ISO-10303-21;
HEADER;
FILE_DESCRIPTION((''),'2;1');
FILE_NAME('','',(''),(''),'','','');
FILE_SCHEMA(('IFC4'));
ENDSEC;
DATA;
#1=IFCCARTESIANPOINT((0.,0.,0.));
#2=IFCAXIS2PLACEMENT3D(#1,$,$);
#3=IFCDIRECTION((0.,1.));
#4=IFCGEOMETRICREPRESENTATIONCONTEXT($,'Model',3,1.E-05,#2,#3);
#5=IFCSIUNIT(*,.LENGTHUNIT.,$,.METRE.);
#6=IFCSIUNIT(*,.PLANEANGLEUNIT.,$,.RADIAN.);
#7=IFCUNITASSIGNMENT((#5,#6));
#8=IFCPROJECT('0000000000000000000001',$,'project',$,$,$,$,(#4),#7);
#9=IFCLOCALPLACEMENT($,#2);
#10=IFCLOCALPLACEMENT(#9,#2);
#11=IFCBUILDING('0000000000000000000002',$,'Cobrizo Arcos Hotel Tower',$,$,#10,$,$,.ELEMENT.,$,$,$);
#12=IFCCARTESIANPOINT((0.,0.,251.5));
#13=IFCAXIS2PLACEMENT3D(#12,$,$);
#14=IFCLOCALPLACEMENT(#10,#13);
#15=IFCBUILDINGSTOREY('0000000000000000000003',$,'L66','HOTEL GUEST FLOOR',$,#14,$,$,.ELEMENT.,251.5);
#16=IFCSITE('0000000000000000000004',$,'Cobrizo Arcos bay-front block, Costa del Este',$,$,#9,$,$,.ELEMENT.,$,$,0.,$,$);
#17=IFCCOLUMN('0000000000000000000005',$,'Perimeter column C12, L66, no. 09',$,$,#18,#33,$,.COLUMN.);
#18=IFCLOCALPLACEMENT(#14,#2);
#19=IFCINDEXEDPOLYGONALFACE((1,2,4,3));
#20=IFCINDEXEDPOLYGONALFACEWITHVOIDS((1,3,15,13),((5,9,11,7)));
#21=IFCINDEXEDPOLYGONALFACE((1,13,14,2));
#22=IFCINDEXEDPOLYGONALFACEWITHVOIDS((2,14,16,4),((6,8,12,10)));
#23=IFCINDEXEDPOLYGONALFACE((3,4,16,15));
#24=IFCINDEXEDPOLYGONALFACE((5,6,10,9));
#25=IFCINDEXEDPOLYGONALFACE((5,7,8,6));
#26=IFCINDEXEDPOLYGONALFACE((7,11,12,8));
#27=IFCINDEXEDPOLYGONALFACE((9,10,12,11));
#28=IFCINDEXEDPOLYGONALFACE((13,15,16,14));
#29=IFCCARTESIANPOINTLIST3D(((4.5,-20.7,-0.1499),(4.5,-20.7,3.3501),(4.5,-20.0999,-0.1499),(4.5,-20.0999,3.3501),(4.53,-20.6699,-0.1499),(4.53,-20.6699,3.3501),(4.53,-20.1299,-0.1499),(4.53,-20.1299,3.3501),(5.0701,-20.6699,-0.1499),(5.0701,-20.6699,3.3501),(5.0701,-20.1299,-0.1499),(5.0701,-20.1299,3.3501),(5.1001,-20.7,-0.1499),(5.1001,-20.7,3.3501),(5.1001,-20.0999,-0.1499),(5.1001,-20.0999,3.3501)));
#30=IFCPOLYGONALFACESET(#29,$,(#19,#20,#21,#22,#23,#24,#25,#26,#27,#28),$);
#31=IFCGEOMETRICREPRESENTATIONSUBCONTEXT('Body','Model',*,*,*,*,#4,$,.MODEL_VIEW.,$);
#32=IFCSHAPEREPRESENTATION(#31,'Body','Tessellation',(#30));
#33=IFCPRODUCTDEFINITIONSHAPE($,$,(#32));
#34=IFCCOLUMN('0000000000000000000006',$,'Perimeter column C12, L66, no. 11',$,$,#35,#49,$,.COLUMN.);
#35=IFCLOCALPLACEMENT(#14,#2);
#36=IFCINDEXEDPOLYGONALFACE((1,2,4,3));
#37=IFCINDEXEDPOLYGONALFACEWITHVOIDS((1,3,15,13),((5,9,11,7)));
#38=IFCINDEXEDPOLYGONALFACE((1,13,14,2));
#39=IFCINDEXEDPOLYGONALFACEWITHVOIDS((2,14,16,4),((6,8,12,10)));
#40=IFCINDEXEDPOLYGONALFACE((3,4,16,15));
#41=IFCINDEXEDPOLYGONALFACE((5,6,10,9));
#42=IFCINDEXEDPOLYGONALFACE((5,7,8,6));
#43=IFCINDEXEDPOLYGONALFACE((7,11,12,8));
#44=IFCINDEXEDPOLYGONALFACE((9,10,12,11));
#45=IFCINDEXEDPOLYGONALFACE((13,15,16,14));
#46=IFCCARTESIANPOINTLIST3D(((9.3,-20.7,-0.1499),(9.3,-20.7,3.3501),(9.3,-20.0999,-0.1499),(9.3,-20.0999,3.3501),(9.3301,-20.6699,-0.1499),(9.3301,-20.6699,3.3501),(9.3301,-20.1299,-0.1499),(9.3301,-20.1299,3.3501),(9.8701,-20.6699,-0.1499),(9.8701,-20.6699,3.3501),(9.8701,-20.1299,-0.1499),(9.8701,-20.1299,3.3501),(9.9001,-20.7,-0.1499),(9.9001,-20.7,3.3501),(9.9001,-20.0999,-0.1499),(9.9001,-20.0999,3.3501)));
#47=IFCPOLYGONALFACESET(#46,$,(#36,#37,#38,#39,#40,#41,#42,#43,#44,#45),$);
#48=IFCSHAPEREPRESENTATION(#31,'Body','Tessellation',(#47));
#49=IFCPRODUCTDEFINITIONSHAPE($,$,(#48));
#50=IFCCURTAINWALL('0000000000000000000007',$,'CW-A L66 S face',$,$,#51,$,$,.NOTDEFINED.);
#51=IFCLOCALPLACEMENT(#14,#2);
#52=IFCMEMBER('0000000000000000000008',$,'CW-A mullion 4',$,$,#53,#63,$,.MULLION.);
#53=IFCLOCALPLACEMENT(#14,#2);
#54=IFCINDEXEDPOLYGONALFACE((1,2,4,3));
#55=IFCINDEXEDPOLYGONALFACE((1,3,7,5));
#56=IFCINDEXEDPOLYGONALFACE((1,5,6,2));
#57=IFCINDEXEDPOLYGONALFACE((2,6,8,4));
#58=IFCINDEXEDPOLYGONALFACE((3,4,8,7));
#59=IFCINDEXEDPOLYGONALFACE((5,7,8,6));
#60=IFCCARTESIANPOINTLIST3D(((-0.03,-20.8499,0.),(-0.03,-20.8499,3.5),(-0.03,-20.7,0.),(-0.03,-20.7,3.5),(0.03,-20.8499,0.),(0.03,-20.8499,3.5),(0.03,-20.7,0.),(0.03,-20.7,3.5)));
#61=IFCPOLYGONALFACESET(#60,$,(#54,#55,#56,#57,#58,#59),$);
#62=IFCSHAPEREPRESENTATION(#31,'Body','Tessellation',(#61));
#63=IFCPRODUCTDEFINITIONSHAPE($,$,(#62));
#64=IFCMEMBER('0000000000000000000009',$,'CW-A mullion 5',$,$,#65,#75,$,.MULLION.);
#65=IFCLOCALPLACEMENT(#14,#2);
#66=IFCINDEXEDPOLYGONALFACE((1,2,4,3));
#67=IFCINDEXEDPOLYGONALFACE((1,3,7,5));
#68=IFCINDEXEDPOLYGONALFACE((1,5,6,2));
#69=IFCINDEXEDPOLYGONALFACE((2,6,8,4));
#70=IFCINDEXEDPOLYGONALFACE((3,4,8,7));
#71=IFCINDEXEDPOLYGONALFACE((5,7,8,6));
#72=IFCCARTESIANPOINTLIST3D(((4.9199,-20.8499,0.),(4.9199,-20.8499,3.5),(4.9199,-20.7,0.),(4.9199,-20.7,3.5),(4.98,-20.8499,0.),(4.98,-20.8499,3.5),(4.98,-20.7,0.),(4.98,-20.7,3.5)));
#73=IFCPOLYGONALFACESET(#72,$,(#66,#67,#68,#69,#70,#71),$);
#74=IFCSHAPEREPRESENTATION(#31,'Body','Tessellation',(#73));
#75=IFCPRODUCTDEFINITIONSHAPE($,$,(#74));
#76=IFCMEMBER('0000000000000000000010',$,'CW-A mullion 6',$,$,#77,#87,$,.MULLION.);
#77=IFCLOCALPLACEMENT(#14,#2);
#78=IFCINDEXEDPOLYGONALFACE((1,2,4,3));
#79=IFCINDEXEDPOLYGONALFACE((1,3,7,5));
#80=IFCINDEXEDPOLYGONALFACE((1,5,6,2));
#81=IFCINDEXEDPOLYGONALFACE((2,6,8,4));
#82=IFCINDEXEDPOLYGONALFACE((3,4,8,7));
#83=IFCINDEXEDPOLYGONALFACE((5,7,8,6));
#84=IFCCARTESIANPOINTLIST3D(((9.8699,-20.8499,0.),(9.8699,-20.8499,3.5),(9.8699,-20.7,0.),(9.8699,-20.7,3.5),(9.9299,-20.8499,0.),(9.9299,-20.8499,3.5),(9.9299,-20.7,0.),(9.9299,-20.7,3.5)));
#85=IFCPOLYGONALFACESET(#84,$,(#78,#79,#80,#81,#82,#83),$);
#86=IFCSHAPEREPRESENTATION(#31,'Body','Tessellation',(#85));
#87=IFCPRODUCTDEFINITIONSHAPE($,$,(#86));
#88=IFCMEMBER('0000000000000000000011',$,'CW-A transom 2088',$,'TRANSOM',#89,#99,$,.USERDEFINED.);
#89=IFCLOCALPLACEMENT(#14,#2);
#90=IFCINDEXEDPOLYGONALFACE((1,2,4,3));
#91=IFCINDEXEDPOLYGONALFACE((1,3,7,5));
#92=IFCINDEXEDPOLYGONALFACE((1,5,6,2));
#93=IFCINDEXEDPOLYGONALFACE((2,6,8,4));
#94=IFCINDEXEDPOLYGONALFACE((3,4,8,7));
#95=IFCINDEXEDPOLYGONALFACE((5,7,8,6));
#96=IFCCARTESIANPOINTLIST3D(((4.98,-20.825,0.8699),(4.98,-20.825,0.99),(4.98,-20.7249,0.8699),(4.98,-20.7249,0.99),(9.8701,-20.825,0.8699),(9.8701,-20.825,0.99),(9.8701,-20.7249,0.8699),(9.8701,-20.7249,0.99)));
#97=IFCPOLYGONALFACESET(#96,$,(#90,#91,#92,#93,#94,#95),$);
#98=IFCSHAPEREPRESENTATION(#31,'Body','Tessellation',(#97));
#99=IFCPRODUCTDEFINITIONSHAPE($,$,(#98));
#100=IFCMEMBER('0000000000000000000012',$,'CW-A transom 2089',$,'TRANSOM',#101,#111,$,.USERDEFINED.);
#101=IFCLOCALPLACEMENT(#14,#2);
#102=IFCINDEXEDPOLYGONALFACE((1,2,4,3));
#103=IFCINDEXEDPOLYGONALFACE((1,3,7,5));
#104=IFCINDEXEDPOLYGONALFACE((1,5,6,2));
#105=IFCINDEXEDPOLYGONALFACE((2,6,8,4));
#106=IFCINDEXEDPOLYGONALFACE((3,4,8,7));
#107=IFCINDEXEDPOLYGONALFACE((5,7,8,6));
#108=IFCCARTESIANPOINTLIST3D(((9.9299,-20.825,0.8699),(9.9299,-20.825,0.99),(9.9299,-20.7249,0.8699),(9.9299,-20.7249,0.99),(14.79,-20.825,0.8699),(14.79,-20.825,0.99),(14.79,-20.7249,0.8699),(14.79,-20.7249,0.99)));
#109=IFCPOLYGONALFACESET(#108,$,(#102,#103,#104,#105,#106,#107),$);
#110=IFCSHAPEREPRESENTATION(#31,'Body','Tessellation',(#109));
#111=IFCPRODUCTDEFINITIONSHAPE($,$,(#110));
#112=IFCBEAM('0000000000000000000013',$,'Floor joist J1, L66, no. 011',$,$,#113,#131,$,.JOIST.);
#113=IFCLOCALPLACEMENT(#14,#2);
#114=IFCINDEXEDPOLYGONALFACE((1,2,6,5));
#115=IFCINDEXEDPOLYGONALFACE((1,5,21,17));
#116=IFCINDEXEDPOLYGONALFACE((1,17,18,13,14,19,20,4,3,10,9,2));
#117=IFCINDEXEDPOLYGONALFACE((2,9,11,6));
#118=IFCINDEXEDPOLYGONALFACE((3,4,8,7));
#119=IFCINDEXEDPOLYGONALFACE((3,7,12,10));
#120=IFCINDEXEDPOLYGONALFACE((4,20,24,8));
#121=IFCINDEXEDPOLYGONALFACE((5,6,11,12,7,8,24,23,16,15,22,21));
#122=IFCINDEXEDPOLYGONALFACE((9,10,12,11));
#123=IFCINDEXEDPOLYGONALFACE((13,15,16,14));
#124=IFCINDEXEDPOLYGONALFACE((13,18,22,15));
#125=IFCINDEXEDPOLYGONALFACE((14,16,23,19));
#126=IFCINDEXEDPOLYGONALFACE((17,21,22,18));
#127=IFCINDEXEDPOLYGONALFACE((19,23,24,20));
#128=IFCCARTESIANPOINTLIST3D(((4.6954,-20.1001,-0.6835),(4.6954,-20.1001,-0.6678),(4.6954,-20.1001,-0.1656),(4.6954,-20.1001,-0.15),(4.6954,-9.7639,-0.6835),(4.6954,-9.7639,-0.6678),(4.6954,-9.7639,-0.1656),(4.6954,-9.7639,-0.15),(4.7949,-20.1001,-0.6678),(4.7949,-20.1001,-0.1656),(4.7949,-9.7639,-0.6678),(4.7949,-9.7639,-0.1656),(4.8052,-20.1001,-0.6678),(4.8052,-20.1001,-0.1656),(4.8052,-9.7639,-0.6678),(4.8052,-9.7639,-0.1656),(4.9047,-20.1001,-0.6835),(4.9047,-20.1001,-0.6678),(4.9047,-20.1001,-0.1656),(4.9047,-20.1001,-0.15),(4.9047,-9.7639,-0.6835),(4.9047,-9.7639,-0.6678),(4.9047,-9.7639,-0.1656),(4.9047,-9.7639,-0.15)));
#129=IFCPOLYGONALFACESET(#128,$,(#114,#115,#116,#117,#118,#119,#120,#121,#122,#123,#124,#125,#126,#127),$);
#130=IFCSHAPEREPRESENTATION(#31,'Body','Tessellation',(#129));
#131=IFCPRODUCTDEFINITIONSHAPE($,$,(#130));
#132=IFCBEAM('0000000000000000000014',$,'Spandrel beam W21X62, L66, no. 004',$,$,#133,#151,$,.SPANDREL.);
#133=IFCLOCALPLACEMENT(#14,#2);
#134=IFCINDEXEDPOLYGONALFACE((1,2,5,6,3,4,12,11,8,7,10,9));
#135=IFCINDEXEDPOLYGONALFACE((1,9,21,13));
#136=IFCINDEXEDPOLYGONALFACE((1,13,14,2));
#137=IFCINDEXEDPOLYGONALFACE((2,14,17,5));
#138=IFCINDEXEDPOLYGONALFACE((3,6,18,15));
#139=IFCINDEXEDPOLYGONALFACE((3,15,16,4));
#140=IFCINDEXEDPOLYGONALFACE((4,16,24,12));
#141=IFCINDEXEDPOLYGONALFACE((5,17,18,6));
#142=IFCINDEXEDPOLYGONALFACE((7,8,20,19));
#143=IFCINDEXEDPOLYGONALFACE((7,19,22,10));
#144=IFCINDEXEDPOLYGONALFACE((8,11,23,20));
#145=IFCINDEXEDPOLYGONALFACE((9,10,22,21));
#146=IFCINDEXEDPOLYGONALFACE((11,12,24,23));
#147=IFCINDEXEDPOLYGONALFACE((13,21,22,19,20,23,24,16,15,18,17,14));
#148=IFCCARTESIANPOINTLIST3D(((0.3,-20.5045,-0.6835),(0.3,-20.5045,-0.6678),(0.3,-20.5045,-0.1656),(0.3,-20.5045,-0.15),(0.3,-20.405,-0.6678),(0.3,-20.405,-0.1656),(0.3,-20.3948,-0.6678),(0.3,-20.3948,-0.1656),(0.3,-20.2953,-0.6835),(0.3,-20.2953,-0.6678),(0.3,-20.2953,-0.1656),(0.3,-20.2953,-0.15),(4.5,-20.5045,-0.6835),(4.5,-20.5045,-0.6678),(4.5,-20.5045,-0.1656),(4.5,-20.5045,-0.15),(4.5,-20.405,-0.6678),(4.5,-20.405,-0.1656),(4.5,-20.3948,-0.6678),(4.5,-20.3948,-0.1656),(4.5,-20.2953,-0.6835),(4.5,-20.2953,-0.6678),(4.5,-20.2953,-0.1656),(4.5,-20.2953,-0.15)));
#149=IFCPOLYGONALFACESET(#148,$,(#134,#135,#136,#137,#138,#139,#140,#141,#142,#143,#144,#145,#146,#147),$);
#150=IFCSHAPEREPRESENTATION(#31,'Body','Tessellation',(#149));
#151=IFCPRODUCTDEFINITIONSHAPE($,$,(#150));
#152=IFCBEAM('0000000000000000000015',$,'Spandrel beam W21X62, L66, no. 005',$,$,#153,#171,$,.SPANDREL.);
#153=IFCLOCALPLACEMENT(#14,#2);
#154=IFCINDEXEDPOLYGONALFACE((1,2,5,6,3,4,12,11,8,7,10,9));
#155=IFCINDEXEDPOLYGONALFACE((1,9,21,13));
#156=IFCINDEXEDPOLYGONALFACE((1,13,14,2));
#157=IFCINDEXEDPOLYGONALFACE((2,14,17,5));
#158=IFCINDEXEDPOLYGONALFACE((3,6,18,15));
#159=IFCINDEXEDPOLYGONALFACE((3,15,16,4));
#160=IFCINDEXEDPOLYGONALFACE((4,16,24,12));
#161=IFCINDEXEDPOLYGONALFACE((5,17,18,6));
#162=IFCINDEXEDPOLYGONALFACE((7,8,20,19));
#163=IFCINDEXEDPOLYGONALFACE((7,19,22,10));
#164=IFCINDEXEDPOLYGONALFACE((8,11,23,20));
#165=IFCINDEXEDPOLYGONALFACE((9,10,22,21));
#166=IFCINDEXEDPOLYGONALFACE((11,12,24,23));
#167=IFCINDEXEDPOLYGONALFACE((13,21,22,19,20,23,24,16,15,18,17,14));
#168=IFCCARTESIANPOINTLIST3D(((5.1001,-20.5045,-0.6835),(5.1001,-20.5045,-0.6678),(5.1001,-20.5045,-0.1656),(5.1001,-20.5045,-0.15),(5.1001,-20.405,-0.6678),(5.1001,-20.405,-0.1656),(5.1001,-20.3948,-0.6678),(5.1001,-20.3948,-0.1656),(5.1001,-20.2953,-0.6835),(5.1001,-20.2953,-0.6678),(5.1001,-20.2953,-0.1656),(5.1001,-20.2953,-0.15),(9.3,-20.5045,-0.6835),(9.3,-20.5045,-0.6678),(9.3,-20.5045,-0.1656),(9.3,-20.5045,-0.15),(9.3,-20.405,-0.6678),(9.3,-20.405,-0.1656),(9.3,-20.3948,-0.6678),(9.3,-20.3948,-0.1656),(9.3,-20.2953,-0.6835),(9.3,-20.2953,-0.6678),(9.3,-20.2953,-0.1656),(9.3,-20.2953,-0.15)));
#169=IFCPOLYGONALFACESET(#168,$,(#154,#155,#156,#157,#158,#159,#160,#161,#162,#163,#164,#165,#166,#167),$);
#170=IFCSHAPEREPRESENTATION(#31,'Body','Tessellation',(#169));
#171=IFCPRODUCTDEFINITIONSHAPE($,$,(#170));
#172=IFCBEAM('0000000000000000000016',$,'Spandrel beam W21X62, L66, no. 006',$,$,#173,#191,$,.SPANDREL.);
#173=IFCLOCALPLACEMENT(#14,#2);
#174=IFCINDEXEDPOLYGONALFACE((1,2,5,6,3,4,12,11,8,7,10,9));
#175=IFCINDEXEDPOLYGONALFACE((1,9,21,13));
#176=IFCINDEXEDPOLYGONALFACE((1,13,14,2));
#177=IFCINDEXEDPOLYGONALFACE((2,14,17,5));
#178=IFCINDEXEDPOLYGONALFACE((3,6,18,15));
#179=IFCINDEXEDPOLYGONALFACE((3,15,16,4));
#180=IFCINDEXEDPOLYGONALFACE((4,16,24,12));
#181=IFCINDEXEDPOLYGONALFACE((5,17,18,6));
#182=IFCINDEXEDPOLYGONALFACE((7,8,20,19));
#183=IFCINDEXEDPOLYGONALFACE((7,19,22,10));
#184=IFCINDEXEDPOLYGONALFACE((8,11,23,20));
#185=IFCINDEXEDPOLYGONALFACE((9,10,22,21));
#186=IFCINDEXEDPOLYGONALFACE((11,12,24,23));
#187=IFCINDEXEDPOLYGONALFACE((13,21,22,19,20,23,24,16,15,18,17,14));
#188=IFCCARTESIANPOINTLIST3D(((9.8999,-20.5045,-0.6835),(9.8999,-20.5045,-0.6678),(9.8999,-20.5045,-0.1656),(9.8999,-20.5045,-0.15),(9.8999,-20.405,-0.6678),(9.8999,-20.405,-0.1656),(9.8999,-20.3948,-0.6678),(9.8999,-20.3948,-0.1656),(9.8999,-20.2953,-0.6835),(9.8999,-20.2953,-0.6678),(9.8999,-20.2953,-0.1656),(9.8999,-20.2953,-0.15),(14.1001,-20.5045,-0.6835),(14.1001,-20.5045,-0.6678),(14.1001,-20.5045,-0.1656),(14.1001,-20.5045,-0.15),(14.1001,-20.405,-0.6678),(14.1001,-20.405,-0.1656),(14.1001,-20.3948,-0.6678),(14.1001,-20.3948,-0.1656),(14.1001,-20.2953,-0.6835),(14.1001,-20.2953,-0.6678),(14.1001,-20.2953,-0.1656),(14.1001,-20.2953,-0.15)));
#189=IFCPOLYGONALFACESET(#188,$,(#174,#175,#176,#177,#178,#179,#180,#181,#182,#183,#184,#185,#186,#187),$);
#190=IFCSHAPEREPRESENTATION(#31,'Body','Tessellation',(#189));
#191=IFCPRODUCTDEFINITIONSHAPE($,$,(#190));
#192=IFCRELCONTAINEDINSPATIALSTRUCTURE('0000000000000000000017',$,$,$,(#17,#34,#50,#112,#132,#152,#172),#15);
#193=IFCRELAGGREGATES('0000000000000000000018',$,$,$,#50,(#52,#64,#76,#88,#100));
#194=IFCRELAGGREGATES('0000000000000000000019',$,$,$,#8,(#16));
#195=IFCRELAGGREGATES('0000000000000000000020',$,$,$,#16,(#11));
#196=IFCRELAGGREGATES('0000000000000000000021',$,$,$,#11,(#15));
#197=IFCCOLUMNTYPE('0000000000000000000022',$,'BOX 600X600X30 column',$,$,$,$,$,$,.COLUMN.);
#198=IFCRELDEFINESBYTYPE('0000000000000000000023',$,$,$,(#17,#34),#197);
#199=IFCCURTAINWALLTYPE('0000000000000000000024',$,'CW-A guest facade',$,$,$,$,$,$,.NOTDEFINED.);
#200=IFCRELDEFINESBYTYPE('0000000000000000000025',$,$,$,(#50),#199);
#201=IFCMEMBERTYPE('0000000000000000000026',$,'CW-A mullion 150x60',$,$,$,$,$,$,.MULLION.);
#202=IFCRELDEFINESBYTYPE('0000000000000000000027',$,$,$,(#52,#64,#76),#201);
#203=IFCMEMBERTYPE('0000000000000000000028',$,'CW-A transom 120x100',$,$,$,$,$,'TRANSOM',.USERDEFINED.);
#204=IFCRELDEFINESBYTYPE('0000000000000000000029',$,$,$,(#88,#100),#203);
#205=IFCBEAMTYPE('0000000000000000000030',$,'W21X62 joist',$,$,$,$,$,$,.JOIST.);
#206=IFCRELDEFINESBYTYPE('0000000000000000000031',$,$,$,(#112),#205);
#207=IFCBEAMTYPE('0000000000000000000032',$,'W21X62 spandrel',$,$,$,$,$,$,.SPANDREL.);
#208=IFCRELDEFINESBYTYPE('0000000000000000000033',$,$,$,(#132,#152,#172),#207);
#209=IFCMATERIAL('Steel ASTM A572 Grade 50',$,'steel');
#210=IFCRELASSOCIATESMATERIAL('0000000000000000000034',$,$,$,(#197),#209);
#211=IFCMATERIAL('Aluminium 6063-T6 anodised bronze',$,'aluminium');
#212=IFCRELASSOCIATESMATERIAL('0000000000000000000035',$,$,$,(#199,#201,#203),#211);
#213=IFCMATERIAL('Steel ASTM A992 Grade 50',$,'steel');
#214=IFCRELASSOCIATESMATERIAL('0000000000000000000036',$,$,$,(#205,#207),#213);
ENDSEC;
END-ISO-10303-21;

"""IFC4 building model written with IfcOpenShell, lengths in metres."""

from ifc_helpers import new_model, si_unit, direction, frame, origin, origin_2d, place, context, subcontext, project, spatial, rectangle, hollow_rectangle, i_section, extrude, material, material_profile, profile_set, type_object, element, aggregate, save


model = new_model("IFC4")

# Units and contexts
model_context = context("Model", 3, precision=1e-05, world=origin(), true_north=direction((0.0, 1.0)))
body_context = subcontext(model_context, "Body", "Model", "MODEL_VIEW")
ifc_project = project(units=[si_unit("LENGTHUNIT", "METRE"), si_unit("PLANEANGLEUNIT", "RADIAN")], contexts=[model_context])

# Site, building, storey
site_placement = place(None, origin())
site = spatial("IfcSite", under=ifc_project, at=site_placement, Name="Cobrizo Arcos bay-front block, Costa del Este", CompositionType="ELEMENT", RefElevation=0.0)
building_placement = place(site_placement, origin())
building = spatial("IfcBuilding", under=site, at=building_placement, Name="Cobrizo Arcos Hotel Tower", CompositionType="ELEMENT")
storey_placement = place(building_placement, frame((0.0, 0.0, 251.5)))
storey = spatial("IfcBuildingStorey", under=building, at=storey_placement, Name="L66", Description="HOTEL GUEST FLOOR", CompositionType="ELEMENT", Elevation=251.5)

# Columns
ifc_material_1 = material(Name="Steel ASTM A572 Grade 50", Category="steel")
ifc_material_profile_1 = material_profile(ifc_material_1, hollow_rectangle(XDim=0.6001, YDim=0.6001, WallThickness=0.03, at=origin_2d()), Name="BOX 600X600X30")
ifc_profile_set_1 = profile_set([ifc_material_profile_1], Name="Steel ASTM A572 Grade 50")
column_type = type_object("IfcColumnType", Name="BOX 600X600X30 column", PredefinedType="COLUMN", material=ifc_profile_set_1)
for number, where, z_axis, x_axis, name in (
    (1, (4.8, -20.3999, -0.1499), (0.0, 0.0, 1.0), (1.0, 0.0, 0.0), "Perimeter column C12, L66, no. 09"),
    (2, (9.6001, -20.3999, -0.1499), (0.0, 0.0, 1.0), (1.0, 0.0, 0.0), "Perimeter column C12, L66, no. 11"),
):
    element("IfcColumn", number, at=place(storey_placement, frame(where, z_axis=z_axis, x_axis=x_axis)), inside=storey, type_object=column_type, Name=name, PredefinedType="COLUMN", context=body_context, shape_type="SweptSolid", body=[
        extrude(hollow_rectangle(XDim=0.6001, YDim=0.6001, WallThickness=0.03, at=origin_2d()), origin(), (0.0, 0.0, 1.0), 3.5),
    ])

# Curtain wall, members
ifc_material_2 = material(Name="Aluminium 6063-T6 anodised bronze", Category="aluminium")
curtain_wall_type = type_object("IfcCurtainWallType", Name="CW-A guest facade", PredefinedType="NOTDEFINED", material=ifc_material_2)
curtain_wall_placement = place(storey_placement, origin())
curtain_wall = element("IfcCurtainWall", 3, at=curtain_wall_placement, inside=storey, type_object=curtain_wall_type, Name="CW-A L66 S face", PredefinedType="NOTDEFINED")
ifc_material_profile_2 = material_profile(ifc_material_2, rectangle(XDim=0.1499, YDim=0.0601, at=origin_2d()), Name="CW-A mullion 150x60")
ifc_profile_set_2 = profile_set([ifc_material_profile_2], Name="Aluminium 6063-T6 anodised bronze")
member_type_1 = type_object("IfcMemberType", Name="CW-A mullion 150x60", PredefinedType="MULLION", material=ifc_profile_set_2)
member_1_placement = place(storey_placement, frame((0.0, -20.7749, 0.0), z_axis=(0.0, 0.0, 1.0), x_axis=(0.0, -1.0, 0.0)))
member_1 = element("IfcMember", 4, at=member_1_placement, type_object=member_type_1, Name="CW-A mullion 4", PredefinedType="MULLION", context=body_context, shape_type="SweptSolid", body=[
    extrude(rectangle(XDim=0.1499, YDim=0.0601, at=origin_2d()), origin(), (0.0, 0.0, 1.0), 3.5),
])
member_2_placement = place(storey_placement, frame((4.95, -20.7749, 0.0), z_axis=(0.0, 0.0, 1.0), x_axis=(0.0, -1.0, 0.0)))
member_2 = element("IfcMember", 5, at=member_2_placement, type_object=member_type_1, Name="CW-A mullion 5", PredefinedType="MULLION", context=body_context, shape_type="SweptSolid", body=[
    extrude(rectangle(XDim=0.1499, YDim=0.0601, at=origin_2d()), origin(), (0.0, 0.0, 1.0), 3.5),
])
member_3_placement = place(storey_placement, frame((9.8999, -20.7749, 0.0), z_axis=(0.0, 0.0, 1.0), x_axis=(0.0, -1.0, 0.0)))
member_3 = element("IfcMember", 6, at=member_3_placement, type_object=member_type_1, Name="CW-A mullion 6", PredefinedType="MULLION", context=body_context, shape_type="SweptSolid", body=[
    extrude(rectangle(XDim=0.1499, YDim=0.0601, at=origin_2d()), origin(), (0.0, 0.0, 1.0), 3.5),
])
ifc_material_profile_3 = material_profile(ifc_material_2, rectangle(XDim=0.1001, YDim=0.1201, at=origin_2d()), Name="CW-A transom 120x100")
ifc_profile_set_3 = profile_set([ifc_material_profile_3], Name="Aluminium 6063-T6 anodised bronze")
member_type_2 = type_object("IfcMemberType", Name="CW-A transom 120x100", ElementType="TRANSOM", PredefinedType="USERDEFINED", material=ifc_profile_set_3)
member_4_placement = place(storey_placement, frame((4.98, -20.7749, 0.9299), z_axis=(1.0, 0.0, 0.0), x_axis=(0.0, 1.0, 0.0)))
member_4 = element("IfcMember", 7, at=member_4_placement, type_object=member_type_2, Name="CW-A transom 2088", ObjectType="TRANSOM", PredefinedType="USERDEFINED", context=body_context, shape_type="SweptSolid", body=[
    extrude(rectangle(XDim=0.1001, YDim=0.1201, at=origin_2d()), origin(), (0.0, 0.0, 1.0), 4.8901),
])
member_5_placement = place(storey_placement, frame((9.9299, -20.7749, 0.9299), z_axis=(1.0, 0.0, 0.0), x_axis=(0.0, 1.0, 0.0)))
member_5 = element("IfcMember", 8, at=member_5_placement, type_object=member_type_2, Name="CW-A transom 2089", ObjectType="TRANSOM", PredefinedType="USERDEFINED", context=body_context, shape_type="SweptSolid", body=[
    extrude(rectangle(XDim=0.1001, YDim=0.1201, at=origin_2d()), origin(), (0.0, 0.0, 1.0), 4.8601),
])

# Beams
ifc_material_3 = material(Name="Steel ASTM A992 Grade 50", Category="steel")
ifc_material_profile_4 = material_profile(ifc_material_3, i_section(OverallWidth=0.2092, OverallDepth=0.5334, WebThickness=0.0103, FlangeThickness=0.0156, at=origin_2d()), Name="W21X62")
ifc_profile_set_4 = profile_set([ifc_material_profile_4], Name="Steel ASTM A992 Grade 50")
beam_type_1 = type_object("IfcBeamType", Name="W21X62 joist", PredefinedType="JOIST", material=ifc_profile_set_4)
beam_1_placement = place(storey_placement, frame((4.8, -20.1001, -0.4167), z_axis=(0.0, 1.0, 0.0), x_axis=(-1.0, 0.0, 0.0)))
element("IfcBeam", 9, at=beam_1_placement, inside=storey, type_object=beam_type_1, Name="Floor joist J1, L66, no. 011", PredefinedType="JOIST", context=body_context, shape_type="SweptSolid", body=[
    extrude(i_section(OverallWidth=0.2092, OverallDepth=0.5334, WebThickness=0.0103, FlangeThickness=0.0156, at=origin_2d()), origin(), (0.0, 0.0, 1.0), 10.3362),
])
ifc_material_profile_5 = material_profile(ifc_material_3, i_section(OverallWidth=0.2092, OverallDepth=0.5334, WebThickness=0.0103, FlangeThickness=0.0156, at=origin_2d()), Name="W21X62")
ifc_profile_set_5 = profile_set([ifc_material_profile_5], Name="Steel ASTM A992 Grade 50")
beam_type_2 = type_object("IfcBeamType", Name="W21X62 spandrel", PredefinedType="SPANDREL", material=ifc_profile_set_5)
for number, where, z_axis, x_axis, name in (
    (10, (0.3, -20.3999, -0.4167), (1.0, 0.0, 0.0), (0.0, 1.0, 0.0), "Spandrel beam W21X62, L66, no. 004"),
    (11, (5.1001, -20.3999, -0.4167), (1.0, 0.0, 0.0), (0.0, 1.0, 0.0), "Spandrel beam W21X62, L66, no. 005"),
):
    element("IfcBeam", number, at=place(storey_placement, frame(where, z_axis=z_axis, x_axis=x_axis)), inside=storey, type_object=beam_type_2, Name=name, PredefinedType="SPANDREL", context=body_context, shape_type="SweptSolid", body=[
        extrude(i_section(OverallWidth=0.2092, OverallDepth=0.5334, WebThickness=0.0103, FlangeThickness=0.0156, at=origin_2d()), origin(), (0.0, 0.0, 1.0), 4.2),
    ])
beam_2_placement = place(storey_placement, frame((9.8999, -20.3999, -0.4167), z_axis=(1.0, 0.0, 0.0), x_axis=(0.0, 1.0, 0.0)))
element("IfcBeam", 12, at=beam_2_placement, inside=storey, type_object=beam_type_2, Name="Spandrel beam W21X62, L66, no. 006", PredefinedType="SPANDREL", context=body_context, shape_type="SweptSolid", body=[
    extrude(i_section(OverallWidth=0.2092, OverallDepth=0.5334, WebThickness=0.0103, FlangeThickness=0.0156, at=origin_2d()), origin(), (0.0, 0.0, 1.0), 4.2002),
])

aggregate(curtain_wall, [member_1, member_2, member_3, member_4, member_5])

save(model, "model.ifc")
